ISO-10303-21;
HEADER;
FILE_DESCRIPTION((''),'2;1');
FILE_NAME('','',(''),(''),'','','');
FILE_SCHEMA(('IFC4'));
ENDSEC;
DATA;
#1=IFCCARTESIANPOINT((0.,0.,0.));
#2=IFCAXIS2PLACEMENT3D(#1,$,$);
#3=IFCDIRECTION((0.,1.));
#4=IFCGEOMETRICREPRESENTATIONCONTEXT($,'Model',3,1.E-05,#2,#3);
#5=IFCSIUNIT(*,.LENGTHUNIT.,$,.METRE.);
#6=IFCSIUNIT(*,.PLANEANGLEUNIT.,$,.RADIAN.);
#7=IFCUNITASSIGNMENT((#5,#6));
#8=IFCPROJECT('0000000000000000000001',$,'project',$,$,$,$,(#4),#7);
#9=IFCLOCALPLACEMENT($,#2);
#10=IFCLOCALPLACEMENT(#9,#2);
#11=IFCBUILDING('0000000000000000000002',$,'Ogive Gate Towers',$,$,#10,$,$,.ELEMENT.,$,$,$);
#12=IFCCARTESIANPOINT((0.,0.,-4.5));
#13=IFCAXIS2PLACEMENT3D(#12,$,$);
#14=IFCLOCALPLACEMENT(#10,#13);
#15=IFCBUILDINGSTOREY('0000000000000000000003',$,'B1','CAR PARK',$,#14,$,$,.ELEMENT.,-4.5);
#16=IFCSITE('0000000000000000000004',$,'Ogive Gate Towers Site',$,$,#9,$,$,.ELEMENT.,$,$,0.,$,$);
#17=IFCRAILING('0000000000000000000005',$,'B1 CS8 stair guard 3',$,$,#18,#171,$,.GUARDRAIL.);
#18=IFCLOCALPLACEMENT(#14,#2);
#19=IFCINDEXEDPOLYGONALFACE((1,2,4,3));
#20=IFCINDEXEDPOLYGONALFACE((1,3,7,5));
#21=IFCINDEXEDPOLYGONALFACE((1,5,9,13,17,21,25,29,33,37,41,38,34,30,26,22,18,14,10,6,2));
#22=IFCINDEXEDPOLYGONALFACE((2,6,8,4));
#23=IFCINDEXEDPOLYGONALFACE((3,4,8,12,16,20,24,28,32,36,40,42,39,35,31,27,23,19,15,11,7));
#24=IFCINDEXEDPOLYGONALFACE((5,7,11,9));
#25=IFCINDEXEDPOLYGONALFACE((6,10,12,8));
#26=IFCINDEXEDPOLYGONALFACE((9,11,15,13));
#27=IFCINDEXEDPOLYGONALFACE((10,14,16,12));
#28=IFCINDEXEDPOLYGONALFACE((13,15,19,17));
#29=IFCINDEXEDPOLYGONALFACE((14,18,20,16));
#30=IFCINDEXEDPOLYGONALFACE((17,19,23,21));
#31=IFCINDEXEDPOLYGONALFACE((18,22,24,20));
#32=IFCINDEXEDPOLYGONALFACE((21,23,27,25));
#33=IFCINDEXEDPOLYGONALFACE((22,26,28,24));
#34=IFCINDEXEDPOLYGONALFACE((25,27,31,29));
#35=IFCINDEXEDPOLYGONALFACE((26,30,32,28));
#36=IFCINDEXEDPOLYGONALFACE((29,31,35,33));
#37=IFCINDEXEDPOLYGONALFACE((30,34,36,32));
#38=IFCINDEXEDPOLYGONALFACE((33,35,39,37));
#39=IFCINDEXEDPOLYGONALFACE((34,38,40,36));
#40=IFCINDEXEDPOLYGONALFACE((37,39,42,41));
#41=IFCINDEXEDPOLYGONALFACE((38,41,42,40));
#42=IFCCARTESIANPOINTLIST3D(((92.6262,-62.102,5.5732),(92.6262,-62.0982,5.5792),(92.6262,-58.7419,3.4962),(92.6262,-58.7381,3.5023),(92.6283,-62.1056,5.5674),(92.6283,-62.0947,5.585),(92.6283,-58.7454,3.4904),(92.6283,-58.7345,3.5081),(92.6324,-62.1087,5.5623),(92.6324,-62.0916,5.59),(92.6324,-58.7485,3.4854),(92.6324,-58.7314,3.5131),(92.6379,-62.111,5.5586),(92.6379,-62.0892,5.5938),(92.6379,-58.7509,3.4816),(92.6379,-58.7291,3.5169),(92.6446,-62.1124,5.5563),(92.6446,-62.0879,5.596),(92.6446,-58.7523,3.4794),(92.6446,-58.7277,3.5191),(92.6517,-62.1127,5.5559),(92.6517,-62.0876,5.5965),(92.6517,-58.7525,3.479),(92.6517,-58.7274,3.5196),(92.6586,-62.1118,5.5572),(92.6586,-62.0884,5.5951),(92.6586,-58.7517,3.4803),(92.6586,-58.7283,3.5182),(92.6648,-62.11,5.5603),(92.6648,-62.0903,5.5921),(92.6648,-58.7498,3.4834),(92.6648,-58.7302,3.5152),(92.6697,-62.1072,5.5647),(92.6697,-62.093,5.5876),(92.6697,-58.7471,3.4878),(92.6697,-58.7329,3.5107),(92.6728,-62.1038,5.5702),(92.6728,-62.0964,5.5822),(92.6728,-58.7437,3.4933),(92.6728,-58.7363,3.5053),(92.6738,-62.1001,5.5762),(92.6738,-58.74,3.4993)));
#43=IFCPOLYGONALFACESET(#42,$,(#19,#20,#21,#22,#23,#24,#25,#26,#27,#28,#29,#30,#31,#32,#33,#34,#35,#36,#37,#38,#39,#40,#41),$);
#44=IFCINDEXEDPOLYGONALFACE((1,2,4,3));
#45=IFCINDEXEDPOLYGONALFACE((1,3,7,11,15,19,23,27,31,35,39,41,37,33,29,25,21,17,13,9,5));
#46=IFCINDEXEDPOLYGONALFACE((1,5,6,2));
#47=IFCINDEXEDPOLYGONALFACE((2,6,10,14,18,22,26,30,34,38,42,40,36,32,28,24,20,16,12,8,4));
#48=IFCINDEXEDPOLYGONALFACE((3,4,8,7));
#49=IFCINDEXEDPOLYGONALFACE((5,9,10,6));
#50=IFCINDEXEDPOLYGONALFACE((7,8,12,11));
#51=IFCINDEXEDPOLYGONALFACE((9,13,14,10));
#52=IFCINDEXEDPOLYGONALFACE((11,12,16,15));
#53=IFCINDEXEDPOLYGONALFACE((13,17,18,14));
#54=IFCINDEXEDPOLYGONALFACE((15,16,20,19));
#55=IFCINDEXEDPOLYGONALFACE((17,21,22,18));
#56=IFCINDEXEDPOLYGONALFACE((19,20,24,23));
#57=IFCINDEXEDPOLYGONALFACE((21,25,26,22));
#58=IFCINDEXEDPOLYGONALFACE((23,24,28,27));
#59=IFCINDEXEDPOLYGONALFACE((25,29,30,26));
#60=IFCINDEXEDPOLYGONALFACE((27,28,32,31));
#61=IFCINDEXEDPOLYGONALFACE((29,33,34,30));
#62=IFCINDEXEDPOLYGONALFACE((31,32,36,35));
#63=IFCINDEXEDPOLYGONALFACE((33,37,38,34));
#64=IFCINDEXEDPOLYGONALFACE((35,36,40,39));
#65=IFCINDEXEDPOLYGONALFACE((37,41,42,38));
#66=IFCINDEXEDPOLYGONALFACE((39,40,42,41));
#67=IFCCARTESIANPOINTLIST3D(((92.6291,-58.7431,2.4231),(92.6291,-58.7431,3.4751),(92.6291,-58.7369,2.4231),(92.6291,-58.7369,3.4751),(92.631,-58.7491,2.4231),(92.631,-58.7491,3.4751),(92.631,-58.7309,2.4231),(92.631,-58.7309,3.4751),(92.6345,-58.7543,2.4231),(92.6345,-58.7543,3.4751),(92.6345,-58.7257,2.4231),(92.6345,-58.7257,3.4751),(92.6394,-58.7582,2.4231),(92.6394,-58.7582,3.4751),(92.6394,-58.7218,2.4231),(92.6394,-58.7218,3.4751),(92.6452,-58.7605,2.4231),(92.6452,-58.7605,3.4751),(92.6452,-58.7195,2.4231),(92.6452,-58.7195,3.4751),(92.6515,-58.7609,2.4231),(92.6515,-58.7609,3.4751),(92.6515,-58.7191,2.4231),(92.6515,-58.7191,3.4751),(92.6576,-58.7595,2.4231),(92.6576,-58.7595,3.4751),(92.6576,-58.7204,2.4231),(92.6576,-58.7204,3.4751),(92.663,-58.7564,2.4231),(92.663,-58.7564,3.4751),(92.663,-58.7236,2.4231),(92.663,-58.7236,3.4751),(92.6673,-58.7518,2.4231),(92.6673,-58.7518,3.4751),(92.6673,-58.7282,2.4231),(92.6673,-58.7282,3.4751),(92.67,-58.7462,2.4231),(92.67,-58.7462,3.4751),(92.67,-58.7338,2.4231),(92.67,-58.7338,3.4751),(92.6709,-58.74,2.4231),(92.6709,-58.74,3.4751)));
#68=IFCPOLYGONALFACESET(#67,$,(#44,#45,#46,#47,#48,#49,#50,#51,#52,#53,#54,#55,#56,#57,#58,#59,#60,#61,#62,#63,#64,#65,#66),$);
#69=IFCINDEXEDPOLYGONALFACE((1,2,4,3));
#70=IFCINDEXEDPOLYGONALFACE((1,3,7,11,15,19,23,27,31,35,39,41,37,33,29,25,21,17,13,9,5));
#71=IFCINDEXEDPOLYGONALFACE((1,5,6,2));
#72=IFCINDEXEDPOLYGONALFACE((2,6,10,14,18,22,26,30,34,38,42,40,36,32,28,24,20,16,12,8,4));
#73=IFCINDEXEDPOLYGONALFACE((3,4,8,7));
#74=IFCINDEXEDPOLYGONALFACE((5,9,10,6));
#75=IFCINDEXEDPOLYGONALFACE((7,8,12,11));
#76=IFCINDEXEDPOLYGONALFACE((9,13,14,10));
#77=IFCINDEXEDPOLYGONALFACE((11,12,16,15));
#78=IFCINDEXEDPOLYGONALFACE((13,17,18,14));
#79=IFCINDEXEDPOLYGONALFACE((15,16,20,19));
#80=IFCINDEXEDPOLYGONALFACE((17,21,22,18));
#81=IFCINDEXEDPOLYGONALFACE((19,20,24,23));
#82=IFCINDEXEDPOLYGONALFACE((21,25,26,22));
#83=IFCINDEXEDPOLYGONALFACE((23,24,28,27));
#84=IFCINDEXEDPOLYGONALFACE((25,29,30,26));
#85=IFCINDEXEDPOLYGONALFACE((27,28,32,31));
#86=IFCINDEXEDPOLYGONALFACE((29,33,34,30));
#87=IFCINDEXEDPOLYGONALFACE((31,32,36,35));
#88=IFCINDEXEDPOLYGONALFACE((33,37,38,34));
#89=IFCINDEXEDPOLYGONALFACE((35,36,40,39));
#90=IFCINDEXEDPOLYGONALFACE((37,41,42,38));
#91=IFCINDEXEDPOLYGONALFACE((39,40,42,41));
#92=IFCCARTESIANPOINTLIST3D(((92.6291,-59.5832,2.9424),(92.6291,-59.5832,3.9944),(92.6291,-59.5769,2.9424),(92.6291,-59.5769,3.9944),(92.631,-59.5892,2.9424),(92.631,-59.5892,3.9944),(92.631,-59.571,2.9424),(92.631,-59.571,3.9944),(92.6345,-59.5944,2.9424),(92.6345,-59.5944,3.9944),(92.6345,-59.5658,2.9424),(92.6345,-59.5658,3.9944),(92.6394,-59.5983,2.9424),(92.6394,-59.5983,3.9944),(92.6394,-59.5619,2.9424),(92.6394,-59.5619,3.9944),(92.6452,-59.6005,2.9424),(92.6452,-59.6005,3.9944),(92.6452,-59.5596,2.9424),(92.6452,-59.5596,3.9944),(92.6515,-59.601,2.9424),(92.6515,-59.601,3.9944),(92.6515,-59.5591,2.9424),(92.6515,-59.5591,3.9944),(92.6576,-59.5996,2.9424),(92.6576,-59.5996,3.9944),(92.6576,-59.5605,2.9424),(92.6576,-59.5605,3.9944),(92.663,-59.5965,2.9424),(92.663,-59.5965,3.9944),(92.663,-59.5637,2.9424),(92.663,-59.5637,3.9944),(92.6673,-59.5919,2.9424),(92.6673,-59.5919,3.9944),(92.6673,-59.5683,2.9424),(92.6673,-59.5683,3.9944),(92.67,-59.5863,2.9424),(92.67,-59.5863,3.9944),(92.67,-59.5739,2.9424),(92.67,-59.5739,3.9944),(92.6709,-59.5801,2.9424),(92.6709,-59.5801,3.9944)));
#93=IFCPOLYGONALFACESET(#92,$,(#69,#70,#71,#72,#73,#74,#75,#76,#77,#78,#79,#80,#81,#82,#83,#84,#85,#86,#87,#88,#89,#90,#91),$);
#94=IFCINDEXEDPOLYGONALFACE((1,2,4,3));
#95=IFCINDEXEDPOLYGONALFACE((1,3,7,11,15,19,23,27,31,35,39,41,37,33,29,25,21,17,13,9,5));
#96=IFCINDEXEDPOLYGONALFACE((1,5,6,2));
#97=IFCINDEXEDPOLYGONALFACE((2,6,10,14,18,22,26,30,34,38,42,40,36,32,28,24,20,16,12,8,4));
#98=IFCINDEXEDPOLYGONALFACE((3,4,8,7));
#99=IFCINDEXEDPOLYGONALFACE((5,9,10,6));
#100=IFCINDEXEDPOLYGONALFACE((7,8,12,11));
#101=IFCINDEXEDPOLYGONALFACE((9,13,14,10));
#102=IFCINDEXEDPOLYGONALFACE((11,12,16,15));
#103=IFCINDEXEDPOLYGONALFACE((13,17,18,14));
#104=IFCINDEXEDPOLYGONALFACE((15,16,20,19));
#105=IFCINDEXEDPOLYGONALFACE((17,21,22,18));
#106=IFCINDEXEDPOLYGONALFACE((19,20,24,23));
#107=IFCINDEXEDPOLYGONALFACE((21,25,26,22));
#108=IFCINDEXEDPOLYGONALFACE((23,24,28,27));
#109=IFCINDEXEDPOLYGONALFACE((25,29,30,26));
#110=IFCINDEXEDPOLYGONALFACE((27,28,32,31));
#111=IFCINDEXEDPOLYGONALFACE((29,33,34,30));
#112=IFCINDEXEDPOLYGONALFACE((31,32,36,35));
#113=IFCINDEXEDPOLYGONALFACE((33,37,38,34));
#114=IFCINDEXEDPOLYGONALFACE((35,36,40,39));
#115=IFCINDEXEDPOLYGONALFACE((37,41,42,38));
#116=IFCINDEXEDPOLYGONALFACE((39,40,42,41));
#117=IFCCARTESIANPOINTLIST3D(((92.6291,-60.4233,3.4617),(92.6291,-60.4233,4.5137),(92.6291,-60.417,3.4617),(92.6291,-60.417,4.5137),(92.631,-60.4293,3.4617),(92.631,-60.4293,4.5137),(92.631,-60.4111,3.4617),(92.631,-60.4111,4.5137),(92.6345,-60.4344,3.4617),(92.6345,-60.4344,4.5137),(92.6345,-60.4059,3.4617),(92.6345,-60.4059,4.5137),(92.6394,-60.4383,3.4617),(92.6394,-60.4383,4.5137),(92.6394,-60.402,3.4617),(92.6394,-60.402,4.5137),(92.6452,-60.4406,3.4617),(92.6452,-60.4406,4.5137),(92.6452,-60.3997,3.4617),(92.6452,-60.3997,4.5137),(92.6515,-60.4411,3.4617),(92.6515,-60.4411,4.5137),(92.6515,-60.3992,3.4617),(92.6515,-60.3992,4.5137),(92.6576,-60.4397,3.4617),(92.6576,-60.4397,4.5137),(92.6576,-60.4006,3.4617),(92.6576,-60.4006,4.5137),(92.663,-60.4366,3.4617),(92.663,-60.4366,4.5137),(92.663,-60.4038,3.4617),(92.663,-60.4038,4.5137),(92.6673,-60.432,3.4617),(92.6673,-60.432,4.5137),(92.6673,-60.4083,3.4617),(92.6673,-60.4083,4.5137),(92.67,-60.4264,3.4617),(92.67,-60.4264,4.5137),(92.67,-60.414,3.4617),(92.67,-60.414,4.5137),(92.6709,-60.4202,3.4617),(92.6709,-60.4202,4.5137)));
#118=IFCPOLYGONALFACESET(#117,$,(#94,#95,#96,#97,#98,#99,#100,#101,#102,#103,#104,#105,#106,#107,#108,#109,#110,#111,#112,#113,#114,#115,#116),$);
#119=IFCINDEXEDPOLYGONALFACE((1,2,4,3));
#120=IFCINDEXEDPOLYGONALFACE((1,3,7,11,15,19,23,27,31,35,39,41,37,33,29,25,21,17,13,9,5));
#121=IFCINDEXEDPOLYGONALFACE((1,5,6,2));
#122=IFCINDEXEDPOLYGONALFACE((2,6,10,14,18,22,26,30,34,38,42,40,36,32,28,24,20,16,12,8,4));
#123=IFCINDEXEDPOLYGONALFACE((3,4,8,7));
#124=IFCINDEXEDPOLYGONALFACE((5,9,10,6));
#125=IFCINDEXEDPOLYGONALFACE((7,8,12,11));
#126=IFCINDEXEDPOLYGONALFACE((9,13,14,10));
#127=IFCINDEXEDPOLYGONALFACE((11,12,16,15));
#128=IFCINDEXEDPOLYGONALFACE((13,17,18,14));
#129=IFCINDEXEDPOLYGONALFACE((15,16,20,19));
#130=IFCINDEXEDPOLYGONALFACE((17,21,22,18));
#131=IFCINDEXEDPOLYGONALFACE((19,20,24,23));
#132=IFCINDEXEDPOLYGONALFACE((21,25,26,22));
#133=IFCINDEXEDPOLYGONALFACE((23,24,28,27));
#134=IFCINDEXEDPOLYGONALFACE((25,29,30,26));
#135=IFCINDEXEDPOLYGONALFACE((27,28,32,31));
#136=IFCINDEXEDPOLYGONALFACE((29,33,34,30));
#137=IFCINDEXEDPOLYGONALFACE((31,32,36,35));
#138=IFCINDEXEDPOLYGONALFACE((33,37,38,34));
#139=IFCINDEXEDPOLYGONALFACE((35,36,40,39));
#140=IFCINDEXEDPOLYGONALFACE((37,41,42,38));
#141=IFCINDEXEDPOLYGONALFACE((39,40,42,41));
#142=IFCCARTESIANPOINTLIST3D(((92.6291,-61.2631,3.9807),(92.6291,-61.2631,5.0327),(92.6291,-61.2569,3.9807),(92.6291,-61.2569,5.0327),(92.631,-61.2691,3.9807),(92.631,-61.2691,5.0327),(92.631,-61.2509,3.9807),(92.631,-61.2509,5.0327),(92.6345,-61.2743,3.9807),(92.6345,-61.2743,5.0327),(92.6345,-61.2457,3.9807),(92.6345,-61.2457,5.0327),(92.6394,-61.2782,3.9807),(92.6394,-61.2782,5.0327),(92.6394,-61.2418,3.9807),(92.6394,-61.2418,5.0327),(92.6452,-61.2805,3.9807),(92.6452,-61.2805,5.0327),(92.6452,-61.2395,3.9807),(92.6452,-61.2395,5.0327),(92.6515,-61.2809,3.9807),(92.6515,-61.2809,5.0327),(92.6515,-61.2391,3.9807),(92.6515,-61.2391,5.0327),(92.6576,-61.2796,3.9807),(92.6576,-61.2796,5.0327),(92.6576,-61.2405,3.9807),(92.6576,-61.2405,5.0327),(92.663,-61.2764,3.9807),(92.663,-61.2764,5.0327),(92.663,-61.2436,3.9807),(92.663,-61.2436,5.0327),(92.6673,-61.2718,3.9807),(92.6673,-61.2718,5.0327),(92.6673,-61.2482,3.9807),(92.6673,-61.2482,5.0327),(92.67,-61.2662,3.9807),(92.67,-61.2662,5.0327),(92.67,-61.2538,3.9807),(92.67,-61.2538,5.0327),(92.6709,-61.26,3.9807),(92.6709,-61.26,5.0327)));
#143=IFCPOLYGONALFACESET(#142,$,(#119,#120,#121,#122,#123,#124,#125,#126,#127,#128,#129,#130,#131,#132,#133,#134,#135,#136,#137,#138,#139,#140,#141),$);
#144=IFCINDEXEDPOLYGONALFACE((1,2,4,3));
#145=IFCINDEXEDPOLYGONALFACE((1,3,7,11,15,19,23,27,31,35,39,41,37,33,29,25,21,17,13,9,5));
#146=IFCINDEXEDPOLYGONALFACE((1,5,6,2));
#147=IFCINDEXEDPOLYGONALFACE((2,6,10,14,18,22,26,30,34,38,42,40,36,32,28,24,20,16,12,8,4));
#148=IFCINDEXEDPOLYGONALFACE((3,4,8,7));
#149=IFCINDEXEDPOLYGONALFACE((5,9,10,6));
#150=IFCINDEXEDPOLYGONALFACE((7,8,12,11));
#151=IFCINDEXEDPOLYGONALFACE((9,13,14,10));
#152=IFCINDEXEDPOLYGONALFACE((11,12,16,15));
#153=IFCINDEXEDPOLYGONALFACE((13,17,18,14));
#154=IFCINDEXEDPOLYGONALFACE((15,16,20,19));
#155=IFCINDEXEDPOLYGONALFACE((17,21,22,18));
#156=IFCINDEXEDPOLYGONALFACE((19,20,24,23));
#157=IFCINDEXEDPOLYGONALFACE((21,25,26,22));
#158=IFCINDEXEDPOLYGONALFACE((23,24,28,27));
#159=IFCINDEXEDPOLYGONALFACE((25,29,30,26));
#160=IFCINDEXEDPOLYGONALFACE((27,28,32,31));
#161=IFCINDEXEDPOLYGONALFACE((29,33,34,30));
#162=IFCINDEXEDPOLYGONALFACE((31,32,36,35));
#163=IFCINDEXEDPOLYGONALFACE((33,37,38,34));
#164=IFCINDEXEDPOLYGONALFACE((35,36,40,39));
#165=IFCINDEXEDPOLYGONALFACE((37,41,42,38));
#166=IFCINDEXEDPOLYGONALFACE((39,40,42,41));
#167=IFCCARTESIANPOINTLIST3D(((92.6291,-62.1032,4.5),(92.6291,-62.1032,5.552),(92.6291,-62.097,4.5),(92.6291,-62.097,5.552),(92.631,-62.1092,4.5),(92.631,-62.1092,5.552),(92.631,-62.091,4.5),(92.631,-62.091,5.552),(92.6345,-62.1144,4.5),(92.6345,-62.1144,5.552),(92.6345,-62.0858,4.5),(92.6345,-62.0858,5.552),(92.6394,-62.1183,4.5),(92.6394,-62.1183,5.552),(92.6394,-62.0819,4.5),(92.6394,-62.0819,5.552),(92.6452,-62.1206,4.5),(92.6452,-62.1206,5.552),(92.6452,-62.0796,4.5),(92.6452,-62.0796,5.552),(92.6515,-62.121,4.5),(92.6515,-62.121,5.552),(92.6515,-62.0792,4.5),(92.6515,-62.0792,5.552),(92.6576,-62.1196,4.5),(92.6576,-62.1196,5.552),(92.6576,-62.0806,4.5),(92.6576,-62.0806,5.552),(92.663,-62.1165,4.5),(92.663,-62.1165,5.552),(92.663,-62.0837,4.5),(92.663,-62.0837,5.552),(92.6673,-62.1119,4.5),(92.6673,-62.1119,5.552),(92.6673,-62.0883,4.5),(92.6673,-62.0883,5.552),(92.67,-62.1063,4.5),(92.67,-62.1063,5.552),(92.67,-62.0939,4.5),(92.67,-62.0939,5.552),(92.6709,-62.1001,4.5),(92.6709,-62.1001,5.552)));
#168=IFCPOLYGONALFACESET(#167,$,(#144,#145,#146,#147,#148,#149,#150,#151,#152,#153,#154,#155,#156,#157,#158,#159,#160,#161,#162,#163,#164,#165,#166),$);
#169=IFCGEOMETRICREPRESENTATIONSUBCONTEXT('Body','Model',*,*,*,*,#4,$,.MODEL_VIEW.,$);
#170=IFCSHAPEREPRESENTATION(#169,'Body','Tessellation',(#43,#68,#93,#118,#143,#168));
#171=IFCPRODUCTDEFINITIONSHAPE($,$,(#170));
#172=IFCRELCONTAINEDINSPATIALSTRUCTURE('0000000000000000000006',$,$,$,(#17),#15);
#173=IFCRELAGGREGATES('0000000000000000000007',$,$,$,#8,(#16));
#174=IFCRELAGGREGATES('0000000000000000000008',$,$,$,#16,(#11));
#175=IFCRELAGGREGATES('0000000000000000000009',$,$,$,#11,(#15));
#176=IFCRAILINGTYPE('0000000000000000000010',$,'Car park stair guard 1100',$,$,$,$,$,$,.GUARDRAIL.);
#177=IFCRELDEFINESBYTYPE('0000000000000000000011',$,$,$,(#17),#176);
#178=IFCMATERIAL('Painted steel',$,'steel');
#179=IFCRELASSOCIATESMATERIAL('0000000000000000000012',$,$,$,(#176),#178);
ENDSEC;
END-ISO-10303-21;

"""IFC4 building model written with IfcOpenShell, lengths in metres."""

from ifc_helpers import new_model, si_unit, direction, frame, origin, origin_2d, place, context, subcontext, project, spatial, circle, extrude, material, type_object, element, save


model = new_model("IFC4")

# Units and contexts
model_context = context("Model", 3, precision=1e-05, world=origin(), true_north=direction((0.0, 1.0)))
body_context = subcontext(model_context, "Body", "Model", "MODEL_VIEW")
ifc_project = project(units=[si_unit("LENGTHUNIT", "METRE"), si_unit("PLANEANGLEUNIT", "RADIAN")], contexts=[model_context])

# Site, building, storey
site_placement = place(None, origin())
site = spatial("IfcSite", under=ifc_project, at=site_placement, Name="Ogive Gate Towers Site", CompositionType="ELEMENT", RefElevation=0.0)
building_placement = place(site_placement, origin())
building = spatial("IfcBuilding", under=site, at=building_placement, Name="Ogive Gate Towers", CompositionType="ELEMENT")
storey_placement = place(building_placement, frame((0.0, 0.0, -4.5)))
storey = spatial("IfcBuildingStorey", under=building, at=storey_placement, Name="B1", Description="CAR PARK", CompositionType="ELEMENT", Elevation=-4.5)

# Railing
ifc_material_1 = material(Name="Painted steel", Category="steel")
railing_type_1 = type_object("IfcRailingType", Name="Car park stair guard 1100", PredefinedType="GUARDRAIL", material=ifc_material_1)
railing_1_placement = place(storey_placement, frame((92.6499, -58.74, 2.4231)))
element("IfcRailing", 1, at=railing_1_placement, inside=storey, type_object=railing_type_1, Name="B1 CS8 stair guard 3", PredefinedType="GUARDRAIL", context=body_context, shape_type="SweptSolid", body=[
    extrude(circle(Radius=0.0239, at=origin_2d()), frame((0.0, 0.0, 1.0762), z_axis=(0.0, -0.850623, 0.525776), x_axis=(1.0, 0.0, 0.0)), (0.0, 0.0, 1.0), 3.9502),
    extrude(circle(Radius=0.021, at=origin_2d()), origin(), (0.0, 0.0, 1.0), 1.052),
    extrude(circle(Radius=0.021, at=origin_2d()), frame((0.0, -0.8401, 0.5193)), (0.0, 0.0, 1.0), 1.052),
    extrude(circle(Radius=0.021, at=origin_2d()), frame((0.0, -1.6802, 1.0386)), (0.0, 0.0, 1.0), 1.052),
    extrude(circle(Radius=0.021, at=origin_2d()), frame((0.0, -2.52, 1.5576)), (0.0, 0.0, 1.0), 1.052),
    extrude(circle(Radius=0.021, at=origin_2d()), frame((0.0, -3.3601, 2.0769)), (0.0, 0.0, 1.0), 1.052),
])

save(model, "model.ifc")
